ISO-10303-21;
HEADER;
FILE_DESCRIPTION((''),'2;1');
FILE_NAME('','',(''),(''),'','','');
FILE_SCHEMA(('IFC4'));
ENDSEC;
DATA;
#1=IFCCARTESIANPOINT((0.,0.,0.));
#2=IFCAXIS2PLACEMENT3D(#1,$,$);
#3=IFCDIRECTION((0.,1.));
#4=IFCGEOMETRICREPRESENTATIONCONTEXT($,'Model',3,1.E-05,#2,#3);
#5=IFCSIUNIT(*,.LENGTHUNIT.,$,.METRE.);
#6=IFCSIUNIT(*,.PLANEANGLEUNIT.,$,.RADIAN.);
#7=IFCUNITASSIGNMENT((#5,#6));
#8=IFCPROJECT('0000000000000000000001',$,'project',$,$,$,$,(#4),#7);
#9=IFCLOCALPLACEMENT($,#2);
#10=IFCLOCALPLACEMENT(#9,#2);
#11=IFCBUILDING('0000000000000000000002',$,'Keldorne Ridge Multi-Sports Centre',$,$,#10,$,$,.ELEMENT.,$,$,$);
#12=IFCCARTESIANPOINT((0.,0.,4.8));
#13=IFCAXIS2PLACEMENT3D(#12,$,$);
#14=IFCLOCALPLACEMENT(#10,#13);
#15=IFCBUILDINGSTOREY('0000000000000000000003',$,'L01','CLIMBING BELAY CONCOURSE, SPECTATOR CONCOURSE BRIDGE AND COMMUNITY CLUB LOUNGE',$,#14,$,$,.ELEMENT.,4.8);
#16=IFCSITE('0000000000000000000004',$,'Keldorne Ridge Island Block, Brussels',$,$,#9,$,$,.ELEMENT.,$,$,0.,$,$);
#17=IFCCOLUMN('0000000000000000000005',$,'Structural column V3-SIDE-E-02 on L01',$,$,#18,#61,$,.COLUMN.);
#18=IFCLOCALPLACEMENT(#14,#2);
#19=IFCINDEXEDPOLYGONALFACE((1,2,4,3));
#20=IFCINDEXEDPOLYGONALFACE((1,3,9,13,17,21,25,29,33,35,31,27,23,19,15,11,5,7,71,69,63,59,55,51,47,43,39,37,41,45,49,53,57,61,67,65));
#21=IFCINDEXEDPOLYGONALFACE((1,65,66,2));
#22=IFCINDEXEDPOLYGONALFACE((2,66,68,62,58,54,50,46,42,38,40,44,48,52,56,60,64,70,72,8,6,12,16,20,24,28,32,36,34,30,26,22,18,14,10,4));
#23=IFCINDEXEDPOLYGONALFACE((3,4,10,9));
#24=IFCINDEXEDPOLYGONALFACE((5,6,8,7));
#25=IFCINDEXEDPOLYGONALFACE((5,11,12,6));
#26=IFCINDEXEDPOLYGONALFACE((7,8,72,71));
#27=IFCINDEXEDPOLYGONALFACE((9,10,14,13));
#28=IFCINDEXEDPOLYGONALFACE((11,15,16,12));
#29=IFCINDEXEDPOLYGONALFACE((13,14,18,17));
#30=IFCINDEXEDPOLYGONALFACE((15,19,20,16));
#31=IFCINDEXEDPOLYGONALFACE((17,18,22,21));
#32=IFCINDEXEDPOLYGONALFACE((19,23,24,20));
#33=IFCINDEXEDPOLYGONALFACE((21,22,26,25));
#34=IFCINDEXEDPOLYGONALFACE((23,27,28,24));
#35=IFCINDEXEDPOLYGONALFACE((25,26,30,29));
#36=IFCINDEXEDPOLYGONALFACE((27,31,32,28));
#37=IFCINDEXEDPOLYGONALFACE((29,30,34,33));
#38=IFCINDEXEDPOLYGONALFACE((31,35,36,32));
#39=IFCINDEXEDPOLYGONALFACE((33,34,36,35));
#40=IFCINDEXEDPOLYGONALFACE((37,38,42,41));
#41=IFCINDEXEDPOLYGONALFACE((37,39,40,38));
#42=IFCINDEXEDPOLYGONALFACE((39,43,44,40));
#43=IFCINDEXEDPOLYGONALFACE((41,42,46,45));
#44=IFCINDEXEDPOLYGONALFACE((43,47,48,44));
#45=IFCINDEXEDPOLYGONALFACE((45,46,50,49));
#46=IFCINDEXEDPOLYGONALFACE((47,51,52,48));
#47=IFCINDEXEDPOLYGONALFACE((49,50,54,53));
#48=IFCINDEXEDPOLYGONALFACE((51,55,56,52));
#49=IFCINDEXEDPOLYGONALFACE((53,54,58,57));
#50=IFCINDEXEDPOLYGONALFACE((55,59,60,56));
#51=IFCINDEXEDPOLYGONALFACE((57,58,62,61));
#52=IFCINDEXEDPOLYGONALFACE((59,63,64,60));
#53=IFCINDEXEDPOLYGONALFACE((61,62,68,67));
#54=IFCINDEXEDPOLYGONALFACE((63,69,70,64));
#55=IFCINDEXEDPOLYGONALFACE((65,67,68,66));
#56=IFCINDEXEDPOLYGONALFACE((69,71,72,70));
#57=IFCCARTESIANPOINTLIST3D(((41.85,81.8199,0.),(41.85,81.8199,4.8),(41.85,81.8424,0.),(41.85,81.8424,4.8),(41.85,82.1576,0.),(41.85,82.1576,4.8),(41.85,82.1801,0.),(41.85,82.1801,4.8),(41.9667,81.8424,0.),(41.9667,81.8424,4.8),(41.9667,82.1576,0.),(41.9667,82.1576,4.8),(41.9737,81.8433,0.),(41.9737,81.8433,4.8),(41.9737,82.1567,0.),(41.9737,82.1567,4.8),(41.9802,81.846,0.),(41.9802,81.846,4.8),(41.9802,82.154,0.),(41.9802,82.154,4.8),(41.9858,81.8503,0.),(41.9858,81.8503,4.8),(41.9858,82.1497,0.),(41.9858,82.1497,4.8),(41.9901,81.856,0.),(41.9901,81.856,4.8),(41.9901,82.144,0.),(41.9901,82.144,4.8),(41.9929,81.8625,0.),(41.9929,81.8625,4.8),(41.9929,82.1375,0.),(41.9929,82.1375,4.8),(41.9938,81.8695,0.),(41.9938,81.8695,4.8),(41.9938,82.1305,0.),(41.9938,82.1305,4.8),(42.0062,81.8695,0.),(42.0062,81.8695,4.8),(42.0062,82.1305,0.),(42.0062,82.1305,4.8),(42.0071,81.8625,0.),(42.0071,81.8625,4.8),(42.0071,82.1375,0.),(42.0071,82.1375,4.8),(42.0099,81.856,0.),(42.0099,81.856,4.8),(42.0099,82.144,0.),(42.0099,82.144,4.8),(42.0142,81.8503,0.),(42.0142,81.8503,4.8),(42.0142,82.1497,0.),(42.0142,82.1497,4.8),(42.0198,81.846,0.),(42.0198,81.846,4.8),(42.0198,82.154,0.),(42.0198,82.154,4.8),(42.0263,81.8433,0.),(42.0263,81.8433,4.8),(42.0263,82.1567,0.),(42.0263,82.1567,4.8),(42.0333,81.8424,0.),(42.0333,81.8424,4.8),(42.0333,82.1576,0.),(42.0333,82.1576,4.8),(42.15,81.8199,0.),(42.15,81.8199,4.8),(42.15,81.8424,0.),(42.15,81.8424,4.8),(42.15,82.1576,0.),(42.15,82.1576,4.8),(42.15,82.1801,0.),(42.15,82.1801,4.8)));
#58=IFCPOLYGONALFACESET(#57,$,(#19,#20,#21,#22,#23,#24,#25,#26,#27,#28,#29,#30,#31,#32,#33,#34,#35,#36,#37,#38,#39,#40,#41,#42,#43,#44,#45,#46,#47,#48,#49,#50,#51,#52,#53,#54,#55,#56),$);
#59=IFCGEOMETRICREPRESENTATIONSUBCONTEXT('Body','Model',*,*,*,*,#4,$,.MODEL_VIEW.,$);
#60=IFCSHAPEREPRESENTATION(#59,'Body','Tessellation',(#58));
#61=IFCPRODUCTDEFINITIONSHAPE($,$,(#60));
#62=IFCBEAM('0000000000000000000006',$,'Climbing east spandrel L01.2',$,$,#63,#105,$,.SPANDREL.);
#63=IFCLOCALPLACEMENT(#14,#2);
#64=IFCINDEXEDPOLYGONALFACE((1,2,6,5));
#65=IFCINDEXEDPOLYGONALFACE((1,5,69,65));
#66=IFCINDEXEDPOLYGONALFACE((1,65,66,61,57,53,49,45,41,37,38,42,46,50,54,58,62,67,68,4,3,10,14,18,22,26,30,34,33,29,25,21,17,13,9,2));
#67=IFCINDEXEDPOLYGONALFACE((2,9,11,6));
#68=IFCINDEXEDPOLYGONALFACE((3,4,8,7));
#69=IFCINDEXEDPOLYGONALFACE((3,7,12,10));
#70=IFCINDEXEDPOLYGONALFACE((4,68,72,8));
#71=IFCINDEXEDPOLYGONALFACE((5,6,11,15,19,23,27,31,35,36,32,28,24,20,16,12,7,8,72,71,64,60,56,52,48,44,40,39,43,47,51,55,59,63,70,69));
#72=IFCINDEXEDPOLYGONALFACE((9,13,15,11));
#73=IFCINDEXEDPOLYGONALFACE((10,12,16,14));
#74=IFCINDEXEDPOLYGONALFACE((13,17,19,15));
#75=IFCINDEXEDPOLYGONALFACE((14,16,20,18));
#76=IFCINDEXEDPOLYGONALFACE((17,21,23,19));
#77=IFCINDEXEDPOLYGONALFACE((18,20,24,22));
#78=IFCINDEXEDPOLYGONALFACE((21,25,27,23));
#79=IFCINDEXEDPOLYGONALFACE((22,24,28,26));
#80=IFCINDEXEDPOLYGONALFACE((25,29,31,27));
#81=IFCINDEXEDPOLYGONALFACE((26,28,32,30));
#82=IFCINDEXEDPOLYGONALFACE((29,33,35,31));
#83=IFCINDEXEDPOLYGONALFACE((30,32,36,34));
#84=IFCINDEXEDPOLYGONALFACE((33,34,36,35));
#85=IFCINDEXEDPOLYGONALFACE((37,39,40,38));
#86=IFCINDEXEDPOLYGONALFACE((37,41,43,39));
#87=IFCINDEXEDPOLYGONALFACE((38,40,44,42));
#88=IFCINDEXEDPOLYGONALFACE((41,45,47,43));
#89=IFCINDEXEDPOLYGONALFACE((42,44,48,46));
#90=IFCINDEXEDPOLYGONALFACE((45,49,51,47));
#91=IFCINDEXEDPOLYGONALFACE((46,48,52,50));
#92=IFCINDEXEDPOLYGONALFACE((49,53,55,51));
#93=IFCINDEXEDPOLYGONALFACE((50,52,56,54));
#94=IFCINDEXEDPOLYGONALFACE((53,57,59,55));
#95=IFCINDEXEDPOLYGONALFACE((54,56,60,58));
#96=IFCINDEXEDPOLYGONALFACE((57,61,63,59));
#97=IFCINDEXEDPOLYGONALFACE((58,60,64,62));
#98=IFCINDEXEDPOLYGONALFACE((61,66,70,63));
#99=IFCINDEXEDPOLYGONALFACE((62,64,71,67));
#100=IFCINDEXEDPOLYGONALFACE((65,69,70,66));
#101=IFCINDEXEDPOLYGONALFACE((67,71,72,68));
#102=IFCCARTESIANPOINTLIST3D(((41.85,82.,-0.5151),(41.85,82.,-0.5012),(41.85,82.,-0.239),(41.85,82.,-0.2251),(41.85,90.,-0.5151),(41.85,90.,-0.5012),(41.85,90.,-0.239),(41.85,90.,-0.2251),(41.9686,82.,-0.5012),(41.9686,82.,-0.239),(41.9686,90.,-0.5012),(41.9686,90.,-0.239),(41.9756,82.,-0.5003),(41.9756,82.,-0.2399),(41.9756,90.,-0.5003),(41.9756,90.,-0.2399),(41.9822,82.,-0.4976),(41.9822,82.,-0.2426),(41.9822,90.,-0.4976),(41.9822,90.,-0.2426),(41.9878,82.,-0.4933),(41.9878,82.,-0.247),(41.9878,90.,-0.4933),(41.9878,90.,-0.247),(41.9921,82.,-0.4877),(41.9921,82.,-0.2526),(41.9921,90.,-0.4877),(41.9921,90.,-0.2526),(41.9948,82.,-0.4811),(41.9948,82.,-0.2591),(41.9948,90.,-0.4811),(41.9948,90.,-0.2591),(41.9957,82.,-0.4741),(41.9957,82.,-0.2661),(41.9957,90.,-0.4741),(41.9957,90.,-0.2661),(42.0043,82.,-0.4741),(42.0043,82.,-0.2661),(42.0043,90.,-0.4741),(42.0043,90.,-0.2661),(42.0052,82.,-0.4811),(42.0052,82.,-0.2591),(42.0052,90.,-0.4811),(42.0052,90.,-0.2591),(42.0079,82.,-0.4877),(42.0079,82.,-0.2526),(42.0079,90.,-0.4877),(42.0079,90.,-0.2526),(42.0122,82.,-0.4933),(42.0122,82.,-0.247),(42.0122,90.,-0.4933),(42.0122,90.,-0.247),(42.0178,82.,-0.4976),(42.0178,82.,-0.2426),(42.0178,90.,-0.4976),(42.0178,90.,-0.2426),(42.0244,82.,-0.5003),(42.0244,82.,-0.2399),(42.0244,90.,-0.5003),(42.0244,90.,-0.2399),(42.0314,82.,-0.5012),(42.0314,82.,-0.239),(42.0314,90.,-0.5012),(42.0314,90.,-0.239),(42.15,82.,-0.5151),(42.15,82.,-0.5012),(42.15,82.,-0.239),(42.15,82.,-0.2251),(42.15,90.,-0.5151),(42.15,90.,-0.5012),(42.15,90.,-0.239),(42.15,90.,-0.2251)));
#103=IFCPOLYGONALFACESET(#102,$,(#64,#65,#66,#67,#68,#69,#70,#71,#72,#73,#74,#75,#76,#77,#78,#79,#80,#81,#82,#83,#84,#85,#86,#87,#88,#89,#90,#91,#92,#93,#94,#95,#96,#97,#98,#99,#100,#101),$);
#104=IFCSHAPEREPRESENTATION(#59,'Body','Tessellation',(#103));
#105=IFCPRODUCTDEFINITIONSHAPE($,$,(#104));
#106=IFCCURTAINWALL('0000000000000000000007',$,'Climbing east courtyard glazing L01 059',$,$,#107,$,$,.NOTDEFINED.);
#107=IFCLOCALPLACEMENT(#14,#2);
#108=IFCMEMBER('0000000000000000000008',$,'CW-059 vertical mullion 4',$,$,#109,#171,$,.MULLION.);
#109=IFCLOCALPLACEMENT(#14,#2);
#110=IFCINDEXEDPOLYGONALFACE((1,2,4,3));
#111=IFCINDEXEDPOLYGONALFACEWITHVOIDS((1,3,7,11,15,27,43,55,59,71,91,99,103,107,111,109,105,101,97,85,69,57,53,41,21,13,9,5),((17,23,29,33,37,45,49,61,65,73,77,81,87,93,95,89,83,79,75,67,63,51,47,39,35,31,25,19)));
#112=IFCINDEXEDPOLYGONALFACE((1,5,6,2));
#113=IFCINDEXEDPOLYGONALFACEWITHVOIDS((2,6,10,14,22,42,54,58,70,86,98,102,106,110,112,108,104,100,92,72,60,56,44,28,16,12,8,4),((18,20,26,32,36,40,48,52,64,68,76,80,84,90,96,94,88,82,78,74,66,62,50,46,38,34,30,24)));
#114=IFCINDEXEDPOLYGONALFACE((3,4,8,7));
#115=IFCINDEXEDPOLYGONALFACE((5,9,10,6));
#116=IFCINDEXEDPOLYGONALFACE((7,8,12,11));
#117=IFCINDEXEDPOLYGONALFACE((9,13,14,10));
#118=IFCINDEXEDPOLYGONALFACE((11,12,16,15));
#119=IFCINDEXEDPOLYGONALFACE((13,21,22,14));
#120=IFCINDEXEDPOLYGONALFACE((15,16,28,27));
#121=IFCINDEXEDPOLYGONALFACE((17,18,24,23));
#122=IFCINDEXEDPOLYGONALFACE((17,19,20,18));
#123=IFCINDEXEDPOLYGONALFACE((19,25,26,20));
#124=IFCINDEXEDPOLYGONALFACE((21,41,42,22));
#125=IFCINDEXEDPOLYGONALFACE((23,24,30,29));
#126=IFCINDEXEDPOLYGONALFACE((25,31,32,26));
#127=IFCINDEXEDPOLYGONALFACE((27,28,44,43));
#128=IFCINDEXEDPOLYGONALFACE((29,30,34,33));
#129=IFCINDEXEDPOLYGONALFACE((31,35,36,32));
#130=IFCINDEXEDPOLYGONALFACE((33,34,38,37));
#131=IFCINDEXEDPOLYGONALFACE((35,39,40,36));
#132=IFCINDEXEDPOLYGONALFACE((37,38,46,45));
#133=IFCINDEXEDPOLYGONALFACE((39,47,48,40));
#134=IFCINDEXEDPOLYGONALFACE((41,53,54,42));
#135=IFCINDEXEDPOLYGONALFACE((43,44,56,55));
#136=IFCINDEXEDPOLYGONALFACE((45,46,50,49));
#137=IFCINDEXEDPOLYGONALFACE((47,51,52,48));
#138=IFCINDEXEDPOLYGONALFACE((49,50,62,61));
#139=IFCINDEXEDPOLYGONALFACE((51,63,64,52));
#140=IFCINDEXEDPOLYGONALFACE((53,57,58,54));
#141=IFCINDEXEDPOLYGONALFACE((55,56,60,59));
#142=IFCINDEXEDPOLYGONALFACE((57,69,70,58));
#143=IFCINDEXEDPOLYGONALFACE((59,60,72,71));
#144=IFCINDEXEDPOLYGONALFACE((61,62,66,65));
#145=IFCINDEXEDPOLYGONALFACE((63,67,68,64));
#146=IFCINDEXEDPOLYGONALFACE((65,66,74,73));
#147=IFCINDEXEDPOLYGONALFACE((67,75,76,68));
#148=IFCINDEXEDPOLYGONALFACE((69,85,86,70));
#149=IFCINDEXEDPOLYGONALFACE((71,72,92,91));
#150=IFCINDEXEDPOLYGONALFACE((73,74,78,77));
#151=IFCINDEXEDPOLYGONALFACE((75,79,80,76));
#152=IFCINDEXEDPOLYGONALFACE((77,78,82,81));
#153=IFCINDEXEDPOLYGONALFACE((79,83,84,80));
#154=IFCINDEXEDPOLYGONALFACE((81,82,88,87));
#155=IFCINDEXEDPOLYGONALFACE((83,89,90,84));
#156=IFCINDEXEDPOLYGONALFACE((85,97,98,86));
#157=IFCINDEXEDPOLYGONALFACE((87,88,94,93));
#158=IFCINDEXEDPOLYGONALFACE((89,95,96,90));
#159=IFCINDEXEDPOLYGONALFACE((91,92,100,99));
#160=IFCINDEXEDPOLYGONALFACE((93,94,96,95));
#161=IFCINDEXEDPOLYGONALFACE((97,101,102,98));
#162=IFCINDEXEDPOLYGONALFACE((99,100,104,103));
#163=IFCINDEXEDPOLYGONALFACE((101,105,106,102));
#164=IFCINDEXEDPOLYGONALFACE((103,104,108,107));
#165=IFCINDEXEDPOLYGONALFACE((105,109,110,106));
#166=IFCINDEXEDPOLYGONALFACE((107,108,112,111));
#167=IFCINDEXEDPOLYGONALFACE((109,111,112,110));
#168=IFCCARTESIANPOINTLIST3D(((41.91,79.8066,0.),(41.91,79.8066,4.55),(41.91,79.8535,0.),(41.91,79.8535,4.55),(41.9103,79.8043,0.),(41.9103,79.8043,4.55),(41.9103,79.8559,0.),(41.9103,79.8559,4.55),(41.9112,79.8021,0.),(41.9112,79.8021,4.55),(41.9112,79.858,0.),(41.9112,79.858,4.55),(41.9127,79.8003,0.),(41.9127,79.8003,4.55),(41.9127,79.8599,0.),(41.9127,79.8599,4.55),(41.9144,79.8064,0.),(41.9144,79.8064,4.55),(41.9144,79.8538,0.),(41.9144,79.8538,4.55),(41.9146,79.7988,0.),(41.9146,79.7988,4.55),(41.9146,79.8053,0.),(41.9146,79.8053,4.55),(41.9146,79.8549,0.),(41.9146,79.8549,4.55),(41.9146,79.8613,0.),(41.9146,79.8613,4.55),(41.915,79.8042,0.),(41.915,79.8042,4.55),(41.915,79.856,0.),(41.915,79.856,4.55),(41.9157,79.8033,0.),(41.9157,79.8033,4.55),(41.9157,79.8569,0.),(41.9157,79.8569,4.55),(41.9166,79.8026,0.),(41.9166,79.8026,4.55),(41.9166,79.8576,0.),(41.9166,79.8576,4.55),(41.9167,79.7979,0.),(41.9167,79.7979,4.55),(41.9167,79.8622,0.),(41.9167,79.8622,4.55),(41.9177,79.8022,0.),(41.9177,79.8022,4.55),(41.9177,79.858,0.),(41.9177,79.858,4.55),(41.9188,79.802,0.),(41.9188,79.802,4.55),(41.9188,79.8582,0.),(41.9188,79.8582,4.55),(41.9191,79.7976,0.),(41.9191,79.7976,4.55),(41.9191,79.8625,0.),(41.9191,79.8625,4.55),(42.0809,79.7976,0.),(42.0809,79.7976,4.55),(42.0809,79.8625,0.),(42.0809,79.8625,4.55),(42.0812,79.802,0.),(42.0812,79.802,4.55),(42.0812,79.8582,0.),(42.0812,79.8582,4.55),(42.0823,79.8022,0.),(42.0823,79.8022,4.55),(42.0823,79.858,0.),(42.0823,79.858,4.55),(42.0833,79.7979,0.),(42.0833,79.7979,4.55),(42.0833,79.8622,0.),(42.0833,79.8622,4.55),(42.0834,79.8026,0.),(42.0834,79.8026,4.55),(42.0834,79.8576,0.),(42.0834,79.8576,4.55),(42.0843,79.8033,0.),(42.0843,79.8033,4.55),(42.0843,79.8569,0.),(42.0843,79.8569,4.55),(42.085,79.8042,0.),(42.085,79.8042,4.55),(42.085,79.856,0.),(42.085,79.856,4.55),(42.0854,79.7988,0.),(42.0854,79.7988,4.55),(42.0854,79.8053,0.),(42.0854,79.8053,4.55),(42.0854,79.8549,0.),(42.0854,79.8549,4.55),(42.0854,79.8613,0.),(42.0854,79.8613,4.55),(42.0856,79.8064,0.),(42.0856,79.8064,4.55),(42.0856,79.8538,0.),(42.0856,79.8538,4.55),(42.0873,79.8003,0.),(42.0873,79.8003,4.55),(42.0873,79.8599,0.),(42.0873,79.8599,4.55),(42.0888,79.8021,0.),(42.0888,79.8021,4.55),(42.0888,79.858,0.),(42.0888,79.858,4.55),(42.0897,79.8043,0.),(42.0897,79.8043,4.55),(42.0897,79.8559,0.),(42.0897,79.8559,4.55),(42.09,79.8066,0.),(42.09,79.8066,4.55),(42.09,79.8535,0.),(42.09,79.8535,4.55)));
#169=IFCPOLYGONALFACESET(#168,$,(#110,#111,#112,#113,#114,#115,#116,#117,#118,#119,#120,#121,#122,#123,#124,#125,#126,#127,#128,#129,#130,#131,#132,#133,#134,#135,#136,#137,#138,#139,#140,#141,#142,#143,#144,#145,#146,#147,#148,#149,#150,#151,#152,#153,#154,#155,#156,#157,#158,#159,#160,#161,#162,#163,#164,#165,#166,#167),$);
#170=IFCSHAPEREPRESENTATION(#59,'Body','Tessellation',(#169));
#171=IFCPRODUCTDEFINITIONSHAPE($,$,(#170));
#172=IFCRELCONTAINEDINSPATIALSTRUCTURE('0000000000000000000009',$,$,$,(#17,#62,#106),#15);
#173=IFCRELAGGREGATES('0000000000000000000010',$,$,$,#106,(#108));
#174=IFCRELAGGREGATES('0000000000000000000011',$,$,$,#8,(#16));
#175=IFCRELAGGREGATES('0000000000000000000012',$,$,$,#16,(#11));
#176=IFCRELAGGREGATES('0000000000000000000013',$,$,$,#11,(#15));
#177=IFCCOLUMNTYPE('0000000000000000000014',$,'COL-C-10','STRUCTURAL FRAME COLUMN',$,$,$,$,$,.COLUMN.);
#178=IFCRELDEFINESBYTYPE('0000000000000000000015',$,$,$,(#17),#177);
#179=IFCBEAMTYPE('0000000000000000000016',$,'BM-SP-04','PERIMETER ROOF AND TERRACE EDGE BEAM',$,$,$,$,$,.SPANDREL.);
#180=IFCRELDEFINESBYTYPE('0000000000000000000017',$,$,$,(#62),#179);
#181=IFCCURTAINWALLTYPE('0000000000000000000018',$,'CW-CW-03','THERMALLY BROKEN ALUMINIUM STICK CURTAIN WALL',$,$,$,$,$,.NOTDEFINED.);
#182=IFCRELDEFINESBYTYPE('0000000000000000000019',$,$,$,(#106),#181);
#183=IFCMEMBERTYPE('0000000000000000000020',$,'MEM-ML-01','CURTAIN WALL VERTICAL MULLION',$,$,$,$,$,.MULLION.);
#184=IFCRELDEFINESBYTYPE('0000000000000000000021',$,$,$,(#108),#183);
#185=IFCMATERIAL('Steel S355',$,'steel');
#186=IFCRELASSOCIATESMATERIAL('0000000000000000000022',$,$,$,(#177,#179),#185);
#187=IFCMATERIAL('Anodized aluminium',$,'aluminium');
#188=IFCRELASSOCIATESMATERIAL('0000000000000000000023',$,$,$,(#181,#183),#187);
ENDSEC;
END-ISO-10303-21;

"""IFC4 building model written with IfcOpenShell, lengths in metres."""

from ifc_helpers import new_model, si_unit, direction, frame, origin, origin_2d, place, context, subcontext, project, spatial, hollow_rectangle, i_section, extrude, material, material_profile, profile_set, type_object, element, aggregate, save


model = new_model("IFC4")

# Units and contexts
model_context = context("Model", 3, precision=1e-05, world=origin(), true_north=direction((0.0, 1.0)))
body_context = subcontext(model_context, "Body", "Model", "MODEL_VIEW")
ifc_project = project(units=[si_unit("LENGTHUNIT", "METRE"), si_unit("PLANEANGLEUNIT", "RADIAN")], contexts=[model_context])

# Site, building, storey
site_placement = place(None, origin())
site = spatial("IfcSite", under=ifc_project, at=site_placement, Name="Keldorne Ridge Island Block, Brussels", CompositionType="ELEMENT", RefElevation=0.0)
building_placement = place(site_placement, origin())
building = spatial("IfcBuilding", under=site, at=building_placement, Name="Keldorne Ridge Multi-Sports Centre", CompositionType="ELEMENT")
storey_placement = place(building_placement, frame((0.0, 0.0, 4.8)))
storey = spatial("IfcBuildingStorey", under=building, at=storey_placement, Name="L01", Description="CLIMBING BELAY CONCOURSE, SPECTATOR CONCOURSE BRIDGE AND COMMUNITY CLUB LOUNGE", CompositionType="ELEMENT", Elevation=4.8)

# Column
ifc_material_1 = material(Name="Steel S355", Category="steel")
ifc_material_profile_1 = material_profile(ifc_material_1, i_section(OverallWidth=0.3, OverallDepth=0.3601, WebThickness=0.0125, FlangeThickness=0.0225, FilletRadius=0.0271, at=origin_2d()), Name="HEB 360")
ifc_profile_set_1 = profile_set([ifc_material_profile_1], Name="Steel S355")
column_type = type_object("IfcColumnType", Name="COL-C-10", Description="STRUCTURAL FRAME COLUMN", PredefinedType="COLUMN", material=ifc_profile_set_1)
column_placement = place(storey_placement, frame((42.0, 82.0, 0.0), z_axis=(0.0, 0.0, 1.0), x_axis=(1.0, 0.0, 0.0)))
element("IfcColumn", 1, at=column_placement, inside=storey, type_object=column_type, Name="Structural column V3-SIDE-E-02 on L01", PredefinedType="COLUMN", context=body_context, shape_type="SweptSolid", body=[
    extrude(i_section(OverallWidth=0.3, OverallDepth=0.3601, WebThickness=0.0125, FlangeThickness=0.0225, FilletRadius=0.0271, at=origin_2d()), origin(), (0.0, 0.0, 1.0), 4.8),
])

# Beam
ifc_material_profile_2 = material_profile(ifc_material_1, i_section(OverallWidth=0.3, OverallDepth=0.29, WebThickness=0.0085, FlangeThickness=0.0139, FilletRadius=0.0271, at=origin_2d()), Name="HEA 300")
ifc_profile_set_2 = profile_set([ifc_material_profile_2], Name="Steel S355")
beam_type = type_object("IfcBeamType", Name="BM-SP-04", Description="PERIMETER ROOF AND TERRACE EDGE BEAM", PredefinedType="SPANDREL", material=ifc_profile_set_2)
beam_placement = place(storey_placement, frame((42.0, 82.0, -0.3701), z_axis=(0.0, 1.0, 0.0), x_axis=(-1.0, 0.0, 0.0)))
element("IfcBeam", 2, at=beam_placement, inside=storey, type_object=beam_type, Name="Climbing east spandrel L01.2", PredefinedType="SPANDREL", context=body_context, shape_type="SweptSolid", body=[
    extrude(i_section(OverallWidth=0.3, OverallDepth=0.29, WebThickness=0.0085, FlangeThickness=0.0139, FilletRadius=0.0271, at=origin_2d()), origin(), (0.0, 0.0, 1.0), 8.0),
])

# Curtain wall, member
ifc_material_2 = material(Name="Anodized aluminium", Category="aluminium")
curtain_wall_type_1 = type_object("IfcCurtainWallType", Name="CW-CW-03", Description="THERMALLY BROKEN ALUMINIUM STICK CURTAIN WALL", PredefinedType="NOTDEFINED", material=ifc_material_2)
curtain_wall_1_placement = place(storey_placement, origin())
curtain_wall_1 = element("IfcCurtainWall", 3, at=curtain_wall_1_placement, inside=storey, type_object=curtain_wall_type_1, Name="Climbing east courtyard glazing L01 059", PredefinedType="NOTDEFINED")
ifc_material_profile_3 = material_profile(ifc_material_2, hollow_rectangle(XDim=0.0649, YDim=0.1799, WallThickness=0.0044, InnerFilletRadius=0.0044, OuterFilletRadius=0.009, at=origin_2d()), Name="ALU MULLION 180x65x4.5")
ifc_profile_set_3 = profile_set([ifc_material_profile_3], Name="Anodized aluminium")
member_type_1 = type_object("IfcMemberType", Name="MEM-ML-01", Description="CURTAIN WALL VERTICAL MULLION", PredefinedType="MULLION", material=ifc_profile_set_3)
member_1_placement = place(storey_placement, frame((42.0, 79.8301, 0.0), z_axis=(0.0, 0.0, 1.0), x_axis=(0.0, 1.0, 0.0)))
member_1 = element("IfcMember", 4, at=member_1_placement, type_object=member_type_1, Name="CW-059 vertical mullion 4", PredefinedType="MULLION", context=body_context, shape_type="SweptSolid", body=[
    extrude(hollow_rectangle(XDim=0.0649, YDim=0.1799, WallThickness=0.0044, InnerFilletRadius=0.0044, OuterFilletRadius=0.009, at=origin_2d()), origin(), (0.0, 0.0, 1.0), 4.55),
])

aggregate(curtain_wall_1, [member_1])

save(model, "model.ifc")
